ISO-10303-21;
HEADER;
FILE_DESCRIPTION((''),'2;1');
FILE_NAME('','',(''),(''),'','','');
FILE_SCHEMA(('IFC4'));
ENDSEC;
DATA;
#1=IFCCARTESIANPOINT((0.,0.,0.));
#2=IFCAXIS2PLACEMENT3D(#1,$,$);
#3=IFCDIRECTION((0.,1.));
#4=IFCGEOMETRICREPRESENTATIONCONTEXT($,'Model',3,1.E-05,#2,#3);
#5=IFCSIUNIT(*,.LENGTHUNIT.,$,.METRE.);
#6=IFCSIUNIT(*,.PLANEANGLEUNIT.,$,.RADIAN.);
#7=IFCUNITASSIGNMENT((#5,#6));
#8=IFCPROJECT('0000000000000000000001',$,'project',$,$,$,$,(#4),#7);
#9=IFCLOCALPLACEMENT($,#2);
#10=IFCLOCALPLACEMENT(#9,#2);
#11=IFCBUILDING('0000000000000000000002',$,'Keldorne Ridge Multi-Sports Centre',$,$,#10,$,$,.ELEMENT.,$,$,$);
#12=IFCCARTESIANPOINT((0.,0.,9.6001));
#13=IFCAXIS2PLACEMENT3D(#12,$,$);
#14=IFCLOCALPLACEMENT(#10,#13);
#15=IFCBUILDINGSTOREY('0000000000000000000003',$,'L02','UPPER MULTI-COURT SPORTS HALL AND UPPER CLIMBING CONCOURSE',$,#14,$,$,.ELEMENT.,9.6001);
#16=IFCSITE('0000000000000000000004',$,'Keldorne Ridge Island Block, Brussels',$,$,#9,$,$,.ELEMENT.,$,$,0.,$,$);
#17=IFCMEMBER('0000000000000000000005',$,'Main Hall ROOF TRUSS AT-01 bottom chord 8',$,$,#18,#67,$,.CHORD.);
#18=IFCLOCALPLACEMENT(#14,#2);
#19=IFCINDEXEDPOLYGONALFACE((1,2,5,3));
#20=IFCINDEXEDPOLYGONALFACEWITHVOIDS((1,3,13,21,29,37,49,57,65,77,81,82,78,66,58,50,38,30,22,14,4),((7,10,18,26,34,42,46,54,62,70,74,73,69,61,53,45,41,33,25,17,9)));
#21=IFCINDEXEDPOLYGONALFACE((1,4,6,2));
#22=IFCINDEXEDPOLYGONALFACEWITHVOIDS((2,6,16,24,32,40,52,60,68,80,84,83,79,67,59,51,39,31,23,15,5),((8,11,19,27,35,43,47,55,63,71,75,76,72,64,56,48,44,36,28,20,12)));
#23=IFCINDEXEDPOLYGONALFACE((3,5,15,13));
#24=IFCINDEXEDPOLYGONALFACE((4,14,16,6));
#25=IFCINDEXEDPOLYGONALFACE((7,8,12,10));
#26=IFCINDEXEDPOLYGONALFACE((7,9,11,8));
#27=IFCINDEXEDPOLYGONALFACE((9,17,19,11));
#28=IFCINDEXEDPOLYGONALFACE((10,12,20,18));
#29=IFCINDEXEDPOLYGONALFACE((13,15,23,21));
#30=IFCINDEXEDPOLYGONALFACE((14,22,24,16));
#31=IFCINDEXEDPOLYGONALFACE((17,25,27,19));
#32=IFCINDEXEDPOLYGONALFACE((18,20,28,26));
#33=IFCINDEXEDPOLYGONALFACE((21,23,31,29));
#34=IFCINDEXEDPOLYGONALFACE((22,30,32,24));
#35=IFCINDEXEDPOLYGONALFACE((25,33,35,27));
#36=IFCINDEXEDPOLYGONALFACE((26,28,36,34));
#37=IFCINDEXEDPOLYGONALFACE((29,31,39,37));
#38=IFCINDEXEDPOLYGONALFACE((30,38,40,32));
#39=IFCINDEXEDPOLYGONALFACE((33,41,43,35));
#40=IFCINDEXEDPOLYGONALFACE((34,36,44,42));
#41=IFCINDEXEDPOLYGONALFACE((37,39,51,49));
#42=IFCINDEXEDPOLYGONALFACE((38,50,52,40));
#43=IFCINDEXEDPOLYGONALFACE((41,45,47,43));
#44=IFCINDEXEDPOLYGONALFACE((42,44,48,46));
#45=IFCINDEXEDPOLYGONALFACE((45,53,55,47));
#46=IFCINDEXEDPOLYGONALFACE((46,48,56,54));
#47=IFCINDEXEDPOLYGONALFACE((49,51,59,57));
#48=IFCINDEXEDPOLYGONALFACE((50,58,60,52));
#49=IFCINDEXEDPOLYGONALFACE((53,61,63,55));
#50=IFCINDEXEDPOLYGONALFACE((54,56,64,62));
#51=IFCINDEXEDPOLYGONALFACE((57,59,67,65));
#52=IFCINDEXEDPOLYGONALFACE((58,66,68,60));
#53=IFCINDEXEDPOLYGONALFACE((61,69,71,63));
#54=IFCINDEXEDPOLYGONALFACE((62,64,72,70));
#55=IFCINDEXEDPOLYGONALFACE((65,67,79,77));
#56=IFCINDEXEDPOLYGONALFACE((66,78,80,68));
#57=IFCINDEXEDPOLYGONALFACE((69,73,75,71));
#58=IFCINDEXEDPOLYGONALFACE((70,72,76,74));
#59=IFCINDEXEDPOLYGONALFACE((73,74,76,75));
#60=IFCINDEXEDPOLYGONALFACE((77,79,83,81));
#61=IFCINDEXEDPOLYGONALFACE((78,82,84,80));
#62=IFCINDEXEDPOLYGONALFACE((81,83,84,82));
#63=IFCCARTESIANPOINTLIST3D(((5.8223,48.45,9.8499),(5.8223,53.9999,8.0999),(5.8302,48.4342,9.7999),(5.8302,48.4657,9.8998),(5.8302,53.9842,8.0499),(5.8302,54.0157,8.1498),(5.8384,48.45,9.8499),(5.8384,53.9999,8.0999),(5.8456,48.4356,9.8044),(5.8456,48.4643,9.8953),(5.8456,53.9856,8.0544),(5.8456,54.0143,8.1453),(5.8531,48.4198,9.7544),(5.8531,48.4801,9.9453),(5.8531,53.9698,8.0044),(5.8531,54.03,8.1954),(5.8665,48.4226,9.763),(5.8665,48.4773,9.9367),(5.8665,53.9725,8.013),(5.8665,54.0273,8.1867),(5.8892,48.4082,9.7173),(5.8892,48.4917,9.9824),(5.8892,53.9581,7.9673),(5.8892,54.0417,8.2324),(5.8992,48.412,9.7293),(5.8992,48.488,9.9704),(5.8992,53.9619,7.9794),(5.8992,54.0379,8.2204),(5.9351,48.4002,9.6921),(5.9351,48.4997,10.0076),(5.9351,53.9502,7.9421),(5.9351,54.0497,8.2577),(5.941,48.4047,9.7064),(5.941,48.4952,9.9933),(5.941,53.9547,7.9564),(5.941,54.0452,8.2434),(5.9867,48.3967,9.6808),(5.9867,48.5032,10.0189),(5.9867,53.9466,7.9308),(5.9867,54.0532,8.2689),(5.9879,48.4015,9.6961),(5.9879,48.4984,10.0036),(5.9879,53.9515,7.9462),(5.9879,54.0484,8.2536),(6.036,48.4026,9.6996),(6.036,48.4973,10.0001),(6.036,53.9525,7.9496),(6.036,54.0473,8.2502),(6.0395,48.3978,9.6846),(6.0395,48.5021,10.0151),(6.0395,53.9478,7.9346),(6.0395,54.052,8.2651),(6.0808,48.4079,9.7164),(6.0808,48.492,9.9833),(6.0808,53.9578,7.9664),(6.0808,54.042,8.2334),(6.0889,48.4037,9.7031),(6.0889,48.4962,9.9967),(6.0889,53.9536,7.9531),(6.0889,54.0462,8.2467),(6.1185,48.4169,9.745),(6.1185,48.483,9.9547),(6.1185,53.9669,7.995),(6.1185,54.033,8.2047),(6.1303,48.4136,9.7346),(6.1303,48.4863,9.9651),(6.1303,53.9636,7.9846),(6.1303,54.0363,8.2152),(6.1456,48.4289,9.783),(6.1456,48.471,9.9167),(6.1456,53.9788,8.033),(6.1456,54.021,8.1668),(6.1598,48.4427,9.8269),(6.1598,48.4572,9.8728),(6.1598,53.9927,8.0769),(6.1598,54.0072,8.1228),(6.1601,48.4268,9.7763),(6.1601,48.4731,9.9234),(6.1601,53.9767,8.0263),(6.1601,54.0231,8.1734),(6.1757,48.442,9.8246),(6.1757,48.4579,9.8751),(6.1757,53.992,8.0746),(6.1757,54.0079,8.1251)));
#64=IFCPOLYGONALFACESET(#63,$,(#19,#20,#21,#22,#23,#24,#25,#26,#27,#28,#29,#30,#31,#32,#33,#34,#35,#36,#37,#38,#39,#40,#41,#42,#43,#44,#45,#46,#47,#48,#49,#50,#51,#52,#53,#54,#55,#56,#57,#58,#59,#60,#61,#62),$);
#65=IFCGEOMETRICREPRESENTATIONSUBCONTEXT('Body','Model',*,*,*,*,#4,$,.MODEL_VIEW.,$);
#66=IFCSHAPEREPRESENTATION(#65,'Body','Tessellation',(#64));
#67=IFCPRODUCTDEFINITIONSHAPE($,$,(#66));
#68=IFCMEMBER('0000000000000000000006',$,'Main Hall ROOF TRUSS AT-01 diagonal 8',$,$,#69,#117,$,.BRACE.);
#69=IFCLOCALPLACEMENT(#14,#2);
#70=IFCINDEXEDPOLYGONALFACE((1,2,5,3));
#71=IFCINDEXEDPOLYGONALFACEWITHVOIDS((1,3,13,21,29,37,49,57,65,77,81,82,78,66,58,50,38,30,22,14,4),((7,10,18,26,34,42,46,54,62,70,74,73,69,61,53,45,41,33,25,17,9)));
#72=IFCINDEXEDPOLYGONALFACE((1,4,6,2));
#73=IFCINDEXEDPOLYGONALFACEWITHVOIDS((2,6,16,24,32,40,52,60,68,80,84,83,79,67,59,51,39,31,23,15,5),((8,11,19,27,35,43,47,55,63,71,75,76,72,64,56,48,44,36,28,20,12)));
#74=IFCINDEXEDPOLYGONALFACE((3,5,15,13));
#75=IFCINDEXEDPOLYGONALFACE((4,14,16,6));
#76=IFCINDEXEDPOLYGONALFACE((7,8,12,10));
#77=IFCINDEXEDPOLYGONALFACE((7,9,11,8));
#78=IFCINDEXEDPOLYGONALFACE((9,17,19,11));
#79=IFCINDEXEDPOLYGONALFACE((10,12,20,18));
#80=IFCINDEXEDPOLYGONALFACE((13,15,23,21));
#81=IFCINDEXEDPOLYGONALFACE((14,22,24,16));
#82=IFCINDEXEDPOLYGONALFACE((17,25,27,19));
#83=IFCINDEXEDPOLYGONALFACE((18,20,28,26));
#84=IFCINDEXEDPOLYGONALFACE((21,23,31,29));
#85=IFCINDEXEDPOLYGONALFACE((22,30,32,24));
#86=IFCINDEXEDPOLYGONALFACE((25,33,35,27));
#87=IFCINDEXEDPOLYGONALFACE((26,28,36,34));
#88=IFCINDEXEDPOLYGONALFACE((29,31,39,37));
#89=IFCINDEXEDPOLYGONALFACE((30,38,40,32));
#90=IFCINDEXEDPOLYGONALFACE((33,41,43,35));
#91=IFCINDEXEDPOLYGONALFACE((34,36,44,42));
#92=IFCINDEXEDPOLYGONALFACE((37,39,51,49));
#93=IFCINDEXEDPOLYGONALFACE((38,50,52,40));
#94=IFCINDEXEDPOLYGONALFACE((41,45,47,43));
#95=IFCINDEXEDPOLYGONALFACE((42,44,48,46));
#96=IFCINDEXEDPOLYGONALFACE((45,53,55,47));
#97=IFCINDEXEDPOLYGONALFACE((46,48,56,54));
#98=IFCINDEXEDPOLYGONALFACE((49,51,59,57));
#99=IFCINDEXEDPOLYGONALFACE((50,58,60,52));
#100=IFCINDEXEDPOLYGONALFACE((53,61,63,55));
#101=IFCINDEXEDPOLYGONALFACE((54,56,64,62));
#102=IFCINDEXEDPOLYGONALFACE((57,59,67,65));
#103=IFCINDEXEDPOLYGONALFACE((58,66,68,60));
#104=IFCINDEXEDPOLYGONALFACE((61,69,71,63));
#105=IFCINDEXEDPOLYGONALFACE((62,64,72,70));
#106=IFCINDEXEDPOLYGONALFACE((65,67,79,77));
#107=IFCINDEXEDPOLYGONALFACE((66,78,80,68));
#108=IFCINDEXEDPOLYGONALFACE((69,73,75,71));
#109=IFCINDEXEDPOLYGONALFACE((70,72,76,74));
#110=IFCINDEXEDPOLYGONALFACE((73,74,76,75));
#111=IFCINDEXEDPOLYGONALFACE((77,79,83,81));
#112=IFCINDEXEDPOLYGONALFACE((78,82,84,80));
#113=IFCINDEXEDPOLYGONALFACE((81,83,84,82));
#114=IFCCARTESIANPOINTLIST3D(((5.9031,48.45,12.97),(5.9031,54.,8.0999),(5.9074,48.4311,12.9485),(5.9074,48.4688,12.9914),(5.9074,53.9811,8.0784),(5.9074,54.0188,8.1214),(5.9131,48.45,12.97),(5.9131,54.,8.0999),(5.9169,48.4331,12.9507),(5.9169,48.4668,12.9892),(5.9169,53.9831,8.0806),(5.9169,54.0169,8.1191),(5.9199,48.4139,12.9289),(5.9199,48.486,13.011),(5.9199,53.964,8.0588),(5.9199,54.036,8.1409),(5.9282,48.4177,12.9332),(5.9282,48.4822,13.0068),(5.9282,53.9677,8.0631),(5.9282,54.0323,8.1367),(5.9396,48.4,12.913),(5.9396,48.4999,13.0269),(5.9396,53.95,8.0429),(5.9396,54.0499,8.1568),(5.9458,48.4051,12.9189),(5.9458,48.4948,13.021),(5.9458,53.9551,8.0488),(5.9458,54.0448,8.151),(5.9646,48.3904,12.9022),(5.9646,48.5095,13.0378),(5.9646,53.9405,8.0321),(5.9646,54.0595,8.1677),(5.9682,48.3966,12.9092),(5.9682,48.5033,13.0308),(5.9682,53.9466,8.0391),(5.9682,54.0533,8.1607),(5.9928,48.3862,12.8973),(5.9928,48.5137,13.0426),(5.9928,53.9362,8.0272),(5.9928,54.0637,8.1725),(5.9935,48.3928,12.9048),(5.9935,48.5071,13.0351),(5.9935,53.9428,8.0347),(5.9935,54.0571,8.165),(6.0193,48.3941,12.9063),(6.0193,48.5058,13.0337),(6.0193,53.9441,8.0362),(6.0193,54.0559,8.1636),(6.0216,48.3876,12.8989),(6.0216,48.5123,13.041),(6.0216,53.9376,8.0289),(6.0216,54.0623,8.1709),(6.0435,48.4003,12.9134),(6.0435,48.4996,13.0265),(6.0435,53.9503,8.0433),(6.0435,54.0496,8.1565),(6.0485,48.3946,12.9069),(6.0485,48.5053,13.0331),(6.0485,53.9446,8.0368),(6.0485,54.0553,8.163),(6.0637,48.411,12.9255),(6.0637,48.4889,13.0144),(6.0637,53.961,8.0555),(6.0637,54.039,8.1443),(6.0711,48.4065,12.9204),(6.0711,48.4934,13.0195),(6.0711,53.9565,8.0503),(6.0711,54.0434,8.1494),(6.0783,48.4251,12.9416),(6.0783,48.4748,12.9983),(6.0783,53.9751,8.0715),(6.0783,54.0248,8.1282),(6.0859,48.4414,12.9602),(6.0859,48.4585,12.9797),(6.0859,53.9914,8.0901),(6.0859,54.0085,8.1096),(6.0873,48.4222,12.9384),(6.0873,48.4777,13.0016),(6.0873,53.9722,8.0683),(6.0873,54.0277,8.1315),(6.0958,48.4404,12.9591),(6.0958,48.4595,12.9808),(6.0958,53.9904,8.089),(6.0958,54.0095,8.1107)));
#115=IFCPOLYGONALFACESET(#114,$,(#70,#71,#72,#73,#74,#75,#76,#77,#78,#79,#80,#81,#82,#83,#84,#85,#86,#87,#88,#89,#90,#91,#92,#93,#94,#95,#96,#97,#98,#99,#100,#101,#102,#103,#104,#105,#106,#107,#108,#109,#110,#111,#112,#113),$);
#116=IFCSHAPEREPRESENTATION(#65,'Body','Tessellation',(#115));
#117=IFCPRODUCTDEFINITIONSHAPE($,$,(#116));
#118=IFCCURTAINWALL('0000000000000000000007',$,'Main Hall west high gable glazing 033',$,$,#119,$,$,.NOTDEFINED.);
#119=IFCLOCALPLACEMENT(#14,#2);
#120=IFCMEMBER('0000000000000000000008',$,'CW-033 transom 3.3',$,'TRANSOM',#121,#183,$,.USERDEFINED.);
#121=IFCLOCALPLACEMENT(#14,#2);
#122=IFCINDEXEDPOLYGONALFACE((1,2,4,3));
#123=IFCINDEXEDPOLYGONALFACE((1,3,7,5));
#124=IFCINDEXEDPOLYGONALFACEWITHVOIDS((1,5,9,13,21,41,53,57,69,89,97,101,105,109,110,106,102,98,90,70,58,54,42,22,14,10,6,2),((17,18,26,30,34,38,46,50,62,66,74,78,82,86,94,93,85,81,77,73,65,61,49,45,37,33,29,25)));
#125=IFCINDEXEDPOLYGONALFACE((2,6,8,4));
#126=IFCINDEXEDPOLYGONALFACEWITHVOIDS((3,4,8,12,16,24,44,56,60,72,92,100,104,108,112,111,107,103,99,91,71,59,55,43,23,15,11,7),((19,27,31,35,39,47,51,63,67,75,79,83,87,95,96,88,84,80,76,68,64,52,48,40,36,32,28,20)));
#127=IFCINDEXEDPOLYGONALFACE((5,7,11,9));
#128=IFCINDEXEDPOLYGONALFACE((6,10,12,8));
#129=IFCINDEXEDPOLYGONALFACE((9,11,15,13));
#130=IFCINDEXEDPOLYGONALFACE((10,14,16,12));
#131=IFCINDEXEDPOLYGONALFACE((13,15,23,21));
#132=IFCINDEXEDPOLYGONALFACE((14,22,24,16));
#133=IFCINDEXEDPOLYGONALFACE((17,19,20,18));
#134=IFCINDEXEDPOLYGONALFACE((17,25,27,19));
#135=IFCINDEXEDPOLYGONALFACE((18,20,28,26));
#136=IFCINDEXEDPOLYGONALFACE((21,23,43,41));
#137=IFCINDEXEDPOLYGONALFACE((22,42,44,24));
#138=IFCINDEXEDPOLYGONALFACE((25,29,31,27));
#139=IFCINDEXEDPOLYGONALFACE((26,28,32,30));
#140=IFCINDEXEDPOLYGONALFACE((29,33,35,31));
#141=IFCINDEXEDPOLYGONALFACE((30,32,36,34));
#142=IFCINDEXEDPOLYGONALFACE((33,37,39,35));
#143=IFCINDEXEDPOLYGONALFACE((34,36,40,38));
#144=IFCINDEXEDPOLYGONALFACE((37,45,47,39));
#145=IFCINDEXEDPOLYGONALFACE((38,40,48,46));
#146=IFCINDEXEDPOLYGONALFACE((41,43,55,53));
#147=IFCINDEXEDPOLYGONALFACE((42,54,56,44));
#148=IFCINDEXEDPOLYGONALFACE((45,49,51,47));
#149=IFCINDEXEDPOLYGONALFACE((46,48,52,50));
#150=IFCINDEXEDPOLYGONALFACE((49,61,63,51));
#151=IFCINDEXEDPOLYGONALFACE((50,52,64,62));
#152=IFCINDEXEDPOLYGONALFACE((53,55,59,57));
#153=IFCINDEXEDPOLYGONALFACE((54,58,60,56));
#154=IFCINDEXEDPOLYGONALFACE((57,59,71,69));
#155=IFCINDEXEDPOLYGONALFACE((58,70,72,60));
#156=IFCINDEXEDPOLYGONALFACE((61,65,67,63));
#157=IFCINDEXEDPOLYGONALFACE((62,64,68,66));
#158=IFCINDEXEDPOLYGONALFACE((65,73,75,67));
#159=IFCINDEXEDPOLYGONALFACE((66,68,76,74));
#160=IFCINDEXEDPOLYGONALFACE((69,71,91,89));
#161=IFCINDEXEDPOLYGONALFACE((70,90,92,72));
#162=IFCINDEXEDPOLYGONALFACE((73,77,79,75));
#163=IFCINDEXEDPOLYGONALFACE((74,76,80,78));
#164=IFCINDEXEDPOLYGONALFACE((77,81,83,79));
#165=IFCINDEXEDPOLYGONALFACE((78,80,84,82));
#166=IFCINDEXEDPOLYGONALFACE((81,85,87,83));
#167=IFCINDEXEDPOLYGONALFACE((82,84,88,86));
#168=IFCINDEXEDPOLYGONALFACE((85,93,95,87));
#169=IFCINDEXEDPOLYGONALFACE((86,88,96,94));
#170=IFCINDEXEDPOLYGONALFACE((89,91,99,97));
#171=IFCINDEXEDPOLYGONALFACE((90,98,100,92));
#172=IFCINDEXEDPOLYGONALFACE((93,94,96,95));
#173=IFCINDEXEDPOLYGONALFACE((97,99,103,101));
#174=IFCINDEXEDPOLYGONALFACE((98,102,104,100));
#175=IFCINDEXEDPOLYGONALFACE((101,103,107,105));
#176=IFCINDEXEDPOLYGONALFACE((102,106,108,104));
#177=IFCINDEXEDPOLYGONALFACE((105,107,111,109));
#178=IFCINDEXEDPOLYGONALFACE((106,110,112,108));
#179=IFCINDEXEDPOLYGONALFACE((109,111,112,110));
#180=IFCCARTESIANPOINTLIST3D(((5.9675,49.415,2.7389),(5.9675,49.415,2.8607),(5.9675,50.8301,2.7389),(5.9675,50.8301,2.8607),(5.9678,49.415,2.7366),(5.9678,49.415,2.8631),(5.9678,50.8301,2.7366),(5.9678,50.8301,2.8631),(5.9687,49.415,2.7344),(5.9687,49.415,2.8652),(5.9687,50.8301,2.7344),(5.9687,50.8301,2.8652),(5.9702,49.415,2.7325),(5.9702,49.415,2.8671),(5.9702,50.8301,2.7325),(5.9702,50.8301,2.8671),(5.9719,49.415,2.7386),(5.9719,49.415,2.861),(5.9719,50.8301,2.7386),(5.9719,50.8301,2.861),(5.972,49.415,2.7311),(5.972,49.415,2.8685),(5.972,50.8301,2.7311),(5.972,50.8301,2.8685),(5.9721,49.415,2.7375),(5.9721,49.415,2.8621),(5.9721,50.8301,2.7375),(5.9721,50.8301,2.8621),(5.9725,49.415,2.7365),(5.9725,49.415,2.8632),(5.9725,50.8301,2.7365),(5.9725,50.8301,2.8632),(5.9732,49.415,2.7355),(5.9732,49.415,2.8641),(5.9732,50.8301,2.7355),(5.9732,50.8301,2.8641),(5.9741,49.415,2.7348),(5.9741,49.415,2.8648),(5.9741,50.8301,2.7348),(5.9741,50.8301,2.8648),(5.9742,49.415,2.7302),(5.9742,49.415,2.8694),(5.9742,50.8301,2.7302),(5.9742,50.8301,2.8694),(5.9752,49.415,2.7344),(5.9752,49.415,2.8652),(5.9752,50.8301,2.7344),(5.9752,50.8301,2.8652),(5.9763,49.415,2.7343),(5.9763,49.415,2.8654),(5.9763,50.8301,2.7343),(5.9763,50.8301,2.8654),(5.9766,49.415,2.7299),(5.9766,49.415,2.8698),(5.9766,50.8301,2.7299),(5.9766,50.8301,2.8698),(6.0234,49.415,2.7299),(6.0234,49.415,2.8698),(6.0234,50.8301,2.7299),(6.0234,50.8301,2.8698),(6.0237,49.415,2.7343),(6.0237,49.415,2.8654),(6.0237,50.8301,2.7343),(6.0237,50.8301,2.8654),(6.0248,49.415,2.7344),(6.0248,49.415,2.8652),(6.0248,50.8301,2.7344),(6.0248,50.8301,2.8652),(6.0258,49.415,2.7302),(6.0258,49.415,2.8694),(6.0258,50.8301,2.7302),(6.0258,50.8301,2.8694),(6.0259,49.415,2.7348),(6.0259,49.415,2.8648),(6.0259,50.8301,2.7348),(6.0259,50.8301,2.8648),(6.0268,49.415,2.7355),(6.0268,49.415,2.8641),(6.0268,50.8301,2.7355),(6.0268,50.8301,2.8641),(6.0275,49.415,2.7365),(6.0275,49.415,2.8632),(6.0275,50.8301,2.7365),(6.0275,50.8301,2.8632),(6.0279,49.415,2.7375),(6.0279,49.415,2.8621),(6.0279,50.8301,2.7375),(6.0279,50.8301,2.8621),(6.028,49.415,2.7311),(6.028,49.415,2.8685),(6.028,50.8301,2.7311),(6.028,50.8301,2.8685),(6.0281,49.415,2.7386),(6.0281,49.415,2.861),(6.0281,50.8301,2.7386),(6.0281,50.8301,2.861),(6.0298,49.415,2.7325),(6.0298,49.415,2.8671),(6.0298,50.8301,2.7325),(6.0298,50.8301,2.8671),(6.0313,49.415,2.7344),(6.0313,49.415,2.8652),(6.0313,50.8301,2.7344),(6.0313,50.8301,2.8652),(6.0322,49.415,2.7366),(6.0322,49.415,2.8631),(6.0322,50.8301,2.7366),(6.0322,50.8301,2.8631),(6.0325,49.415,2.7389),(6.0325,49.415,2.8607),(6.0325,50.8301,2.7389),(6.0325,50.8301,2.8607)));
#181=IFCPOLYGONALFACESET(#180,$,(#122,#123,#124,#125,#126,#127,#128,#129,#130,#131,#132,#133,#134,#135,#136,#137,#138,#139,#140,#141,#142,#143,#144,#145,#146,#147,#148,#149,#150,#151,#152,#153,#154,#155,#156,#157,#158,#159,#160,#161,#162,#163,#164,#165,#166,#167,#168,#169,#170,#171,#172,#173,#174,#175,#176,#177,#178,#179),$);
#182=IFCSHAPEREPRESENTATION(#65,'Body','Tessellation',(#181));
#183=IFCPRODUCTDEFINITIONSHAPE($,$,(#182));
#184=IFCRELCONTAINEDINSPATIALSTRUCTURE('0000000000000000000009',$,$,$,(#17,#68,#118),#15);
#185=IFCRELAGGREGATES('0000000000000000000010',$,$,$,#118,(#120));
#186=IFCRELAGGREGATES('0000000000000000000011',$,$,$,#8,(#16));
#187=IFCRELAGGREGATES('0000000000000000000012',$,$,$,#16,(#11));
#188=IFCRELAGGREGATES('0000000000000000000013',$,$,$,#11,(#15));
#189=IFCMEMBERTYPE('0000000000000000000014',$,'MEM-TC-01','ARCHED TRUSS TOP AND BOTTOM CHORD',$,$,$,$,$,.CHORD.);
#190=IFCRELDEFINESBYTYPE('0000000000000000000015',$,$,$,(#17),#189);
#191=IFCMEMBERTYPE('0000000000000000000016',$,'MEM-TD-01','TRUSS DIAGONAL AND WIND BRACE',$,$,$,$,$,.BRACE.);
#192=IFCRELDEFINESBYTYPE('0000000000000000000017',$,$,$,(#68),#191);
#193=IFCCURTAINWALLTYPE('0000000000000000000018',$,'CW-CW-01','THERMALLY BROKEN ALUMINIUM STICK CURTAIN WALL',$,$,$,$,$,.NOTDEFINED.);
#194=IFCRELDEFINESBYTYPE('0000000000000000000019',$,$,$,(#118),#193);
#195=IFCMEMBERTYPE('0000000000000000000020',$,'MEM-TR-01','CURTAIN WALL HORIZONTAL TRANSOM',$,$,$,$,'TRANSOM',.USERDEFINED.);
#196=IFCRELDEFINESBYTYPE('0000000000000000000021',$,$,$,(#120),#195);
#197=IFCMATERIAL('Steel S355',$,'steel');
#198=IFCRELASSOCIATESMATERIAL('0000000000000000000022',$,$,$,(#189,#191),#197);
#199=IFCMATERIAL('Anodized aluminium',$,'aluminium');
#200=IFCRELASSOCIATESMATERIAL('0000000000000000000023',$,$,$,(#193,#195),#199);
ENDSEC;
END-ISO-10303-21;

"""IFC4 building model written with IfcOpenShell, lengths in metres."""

from ifc_helpers import new_model, si_unit, direction, frame, origin, origin_2d, place, context, subcontext, project, spatial, hollow_rectangle, hollow_circle, extrude, material, material_profile, profile_set, type_object, element, aggregate, save


model = new_model("IFC4")

# Units and contexts
model_context = context("Model", 3, precision=1e-05, world=origin(), true_north=direction((0.0, 1.0)))
body_context = subcontext(model_context, "Body", "Model", "MODEL_VIEW")
ifc_project = project(units=[si_unit("LENGTHUNIT", "METRE"), si_unit("PLANEANGLEUNIT", "RADIAN")], contexts=[model_context])

# Site, building, storey
site_placement = place(None, origin())
site = spatial("IfcSite", under=ifc_project, at=site_placement, Name="Keldorne Ridge Island Block, Brussels", CompositionType="ELEMENT", RefElevation=0.0)
building_placement = place(site_placement, origin())
building = spatial("IfcBuilding", under=site, at=building_placement, Name="Keldorne Ridge Multi-Sports Centre", CompositionType="ELEMENT")
storey_placement = place(building_placement, frame((0.0, 0.0, 9.6001)))
storey = spatial("IfcBuildingStorey", under=building, at=storey_placement, Name="L02", Description="UPPER MULTI-COURT SPORTS HALL AND UPPER CLIMBING CONCOURSE", CompositionType="ELEMENT", Elevation=9.6001)

# Members
ifc_material_1 = material(Name="Steel S355", Category="steel")
ifc_material_profile_1 = material_profile(ifc_material_1, hollow_circle(Radius=0.1777, WallThickness=0.0161, at=origin_2d()), Name="CHS 355.6x16")
ifc_profile_set_1 = profile_set([ifc_material_profile_1], Name="Steel S355")
member_type_1 = type_object("IfcMemberType", Name="MEM-TC-01", Description="ARCHED TRUSS TOP AND BOTTOM CHORD", PredefinedType="CHORD", material=ifc_profile_set_1)
member_1_placement = place(storey_placement, frame((6.0, 48.45, 9.8499), z_axis=(0.0, 0.953713, -0.300718), x_axis=(-1.0, 0.0, 0.0)))
element("IfcMember", 1, at=member_1_placement, inside=storey, type_object=member_type_1, Name="Main Hall ROOF TRUSS AT-01 bottom chord 8", PredefinedType="CHORD", context=body_context, shape_type="SweptSolid", body=[
    extrude(hollow_circle(Radius=0.1777, WallThickness=0.0161, at=origin_2d()), origin(), (0.0, 0.0, 1.0), 5.8193),
])
ifc_material_profile_2 = material_profile(ifc_material_1, hollow_circle(Radius=0.0969, WallThickness=0.01, at=origin_2d()), Name="CHS 193.7x10")
ifc_profile_set_2 = profile_set([ifc_material_profile_2], Name="Steel S355")
member_type_2 = type_object("IfcMemberType", Name="MEM-TD-01", Description="TRUSS DIAGONAL AND WIND BRACE", PredefinedType="BRACE", material=ifc_profile_set_2)
member_2_placement = place(storey_placement, frame((6.0, 48.45, 12.97), z_axis=(0.0, 0.751648, -0.659564), x_axis=(-1.0, 0.0, 0.0)))
element("IfcMember", 2, at=member_2_placement, inside=storey, type_object=member_type_2, Name="Main Hall ROOF TRUSS AT-01 diagonal 8", PredefinedType="BRACE", context=body_context, shape_type="SweptSolid", body=[
    extrude(hollow_circle(Radius=0.0969, WallThickness=0.01, at=origin_2d()), origin(), (0.0, 0.0, 1.0), 7.3838),
])

# Curtain wall, member
ifc_material_2 = material(Name="Anodized aluminium", Category="aluminium")
curtain_wall_type = type_object("IfcCurtainWallType", Name="CW-CW-01", Description="THERMALLY BROKEN ALUMINIUM STICK CURTAIN WALL", PredefinedType="NOTDEFINED", material=ifc_material_2)
curtain_wall_placement = place(storey_placement, origin())
curtain_wall = element("IfcCurtainWall", 3, at=curtain_wall_placement, inside=storey, type_object=curtain_wall_type, Name="Main Hall west high gable glazing 033", PredefinedType="NOTDEFINED")
ifc_material_profile_3 = material_profile(ifc_material_2, hollow_rectangle(XDim=0.0649, YDim=0.1399, WallThickness=0.0044, InnerFilletRadius=0.0044, OuterFilletRadius=0.009, at=origin_2d()), Name="ALU TRANSOM 140x65x4.5")
ifc_profile_set_3 = profile_set([ifc_material_profile_3], Name="Anodized aluminium")
member_type_3 = type_object("IfcMemberType", Name="MEM-TR-01", Description="CURTAIN WALL HORIZONTAL TRANSOM", ElementType="TRANSOM", PredefinedType="USERDEFINED", material=ifc_profile_set_3)
member_3_placement = place(storey_placement, frame((6.0, 50.8301, 2.7998), z_axis=(0.0, -1.0, 0.0), x_axis=(1.0, 0.0, 0.0)))
member_3 = element("IfcMember", 4, at=member_3_placement, type_object=member_type_3, Name="CW-033 transom 3.3", ObjectType="TRANSOM", PredefinedType="USERDEFINED", context=body_context, shape_type="SweptSolid", body=[
    extrude(hollow_rectangle(XDim=0.0649, YDim=0.1399, WallThickness=0.0044, InnerFilletRadius=0.0044, OuterFilletRadius=0.009, at=origin_2d()), origin(), (0.0, 0.0, 1.0), 1.415),
])

aggregate(curtain_wall, [member_3])

save(model, "model.ifc")
